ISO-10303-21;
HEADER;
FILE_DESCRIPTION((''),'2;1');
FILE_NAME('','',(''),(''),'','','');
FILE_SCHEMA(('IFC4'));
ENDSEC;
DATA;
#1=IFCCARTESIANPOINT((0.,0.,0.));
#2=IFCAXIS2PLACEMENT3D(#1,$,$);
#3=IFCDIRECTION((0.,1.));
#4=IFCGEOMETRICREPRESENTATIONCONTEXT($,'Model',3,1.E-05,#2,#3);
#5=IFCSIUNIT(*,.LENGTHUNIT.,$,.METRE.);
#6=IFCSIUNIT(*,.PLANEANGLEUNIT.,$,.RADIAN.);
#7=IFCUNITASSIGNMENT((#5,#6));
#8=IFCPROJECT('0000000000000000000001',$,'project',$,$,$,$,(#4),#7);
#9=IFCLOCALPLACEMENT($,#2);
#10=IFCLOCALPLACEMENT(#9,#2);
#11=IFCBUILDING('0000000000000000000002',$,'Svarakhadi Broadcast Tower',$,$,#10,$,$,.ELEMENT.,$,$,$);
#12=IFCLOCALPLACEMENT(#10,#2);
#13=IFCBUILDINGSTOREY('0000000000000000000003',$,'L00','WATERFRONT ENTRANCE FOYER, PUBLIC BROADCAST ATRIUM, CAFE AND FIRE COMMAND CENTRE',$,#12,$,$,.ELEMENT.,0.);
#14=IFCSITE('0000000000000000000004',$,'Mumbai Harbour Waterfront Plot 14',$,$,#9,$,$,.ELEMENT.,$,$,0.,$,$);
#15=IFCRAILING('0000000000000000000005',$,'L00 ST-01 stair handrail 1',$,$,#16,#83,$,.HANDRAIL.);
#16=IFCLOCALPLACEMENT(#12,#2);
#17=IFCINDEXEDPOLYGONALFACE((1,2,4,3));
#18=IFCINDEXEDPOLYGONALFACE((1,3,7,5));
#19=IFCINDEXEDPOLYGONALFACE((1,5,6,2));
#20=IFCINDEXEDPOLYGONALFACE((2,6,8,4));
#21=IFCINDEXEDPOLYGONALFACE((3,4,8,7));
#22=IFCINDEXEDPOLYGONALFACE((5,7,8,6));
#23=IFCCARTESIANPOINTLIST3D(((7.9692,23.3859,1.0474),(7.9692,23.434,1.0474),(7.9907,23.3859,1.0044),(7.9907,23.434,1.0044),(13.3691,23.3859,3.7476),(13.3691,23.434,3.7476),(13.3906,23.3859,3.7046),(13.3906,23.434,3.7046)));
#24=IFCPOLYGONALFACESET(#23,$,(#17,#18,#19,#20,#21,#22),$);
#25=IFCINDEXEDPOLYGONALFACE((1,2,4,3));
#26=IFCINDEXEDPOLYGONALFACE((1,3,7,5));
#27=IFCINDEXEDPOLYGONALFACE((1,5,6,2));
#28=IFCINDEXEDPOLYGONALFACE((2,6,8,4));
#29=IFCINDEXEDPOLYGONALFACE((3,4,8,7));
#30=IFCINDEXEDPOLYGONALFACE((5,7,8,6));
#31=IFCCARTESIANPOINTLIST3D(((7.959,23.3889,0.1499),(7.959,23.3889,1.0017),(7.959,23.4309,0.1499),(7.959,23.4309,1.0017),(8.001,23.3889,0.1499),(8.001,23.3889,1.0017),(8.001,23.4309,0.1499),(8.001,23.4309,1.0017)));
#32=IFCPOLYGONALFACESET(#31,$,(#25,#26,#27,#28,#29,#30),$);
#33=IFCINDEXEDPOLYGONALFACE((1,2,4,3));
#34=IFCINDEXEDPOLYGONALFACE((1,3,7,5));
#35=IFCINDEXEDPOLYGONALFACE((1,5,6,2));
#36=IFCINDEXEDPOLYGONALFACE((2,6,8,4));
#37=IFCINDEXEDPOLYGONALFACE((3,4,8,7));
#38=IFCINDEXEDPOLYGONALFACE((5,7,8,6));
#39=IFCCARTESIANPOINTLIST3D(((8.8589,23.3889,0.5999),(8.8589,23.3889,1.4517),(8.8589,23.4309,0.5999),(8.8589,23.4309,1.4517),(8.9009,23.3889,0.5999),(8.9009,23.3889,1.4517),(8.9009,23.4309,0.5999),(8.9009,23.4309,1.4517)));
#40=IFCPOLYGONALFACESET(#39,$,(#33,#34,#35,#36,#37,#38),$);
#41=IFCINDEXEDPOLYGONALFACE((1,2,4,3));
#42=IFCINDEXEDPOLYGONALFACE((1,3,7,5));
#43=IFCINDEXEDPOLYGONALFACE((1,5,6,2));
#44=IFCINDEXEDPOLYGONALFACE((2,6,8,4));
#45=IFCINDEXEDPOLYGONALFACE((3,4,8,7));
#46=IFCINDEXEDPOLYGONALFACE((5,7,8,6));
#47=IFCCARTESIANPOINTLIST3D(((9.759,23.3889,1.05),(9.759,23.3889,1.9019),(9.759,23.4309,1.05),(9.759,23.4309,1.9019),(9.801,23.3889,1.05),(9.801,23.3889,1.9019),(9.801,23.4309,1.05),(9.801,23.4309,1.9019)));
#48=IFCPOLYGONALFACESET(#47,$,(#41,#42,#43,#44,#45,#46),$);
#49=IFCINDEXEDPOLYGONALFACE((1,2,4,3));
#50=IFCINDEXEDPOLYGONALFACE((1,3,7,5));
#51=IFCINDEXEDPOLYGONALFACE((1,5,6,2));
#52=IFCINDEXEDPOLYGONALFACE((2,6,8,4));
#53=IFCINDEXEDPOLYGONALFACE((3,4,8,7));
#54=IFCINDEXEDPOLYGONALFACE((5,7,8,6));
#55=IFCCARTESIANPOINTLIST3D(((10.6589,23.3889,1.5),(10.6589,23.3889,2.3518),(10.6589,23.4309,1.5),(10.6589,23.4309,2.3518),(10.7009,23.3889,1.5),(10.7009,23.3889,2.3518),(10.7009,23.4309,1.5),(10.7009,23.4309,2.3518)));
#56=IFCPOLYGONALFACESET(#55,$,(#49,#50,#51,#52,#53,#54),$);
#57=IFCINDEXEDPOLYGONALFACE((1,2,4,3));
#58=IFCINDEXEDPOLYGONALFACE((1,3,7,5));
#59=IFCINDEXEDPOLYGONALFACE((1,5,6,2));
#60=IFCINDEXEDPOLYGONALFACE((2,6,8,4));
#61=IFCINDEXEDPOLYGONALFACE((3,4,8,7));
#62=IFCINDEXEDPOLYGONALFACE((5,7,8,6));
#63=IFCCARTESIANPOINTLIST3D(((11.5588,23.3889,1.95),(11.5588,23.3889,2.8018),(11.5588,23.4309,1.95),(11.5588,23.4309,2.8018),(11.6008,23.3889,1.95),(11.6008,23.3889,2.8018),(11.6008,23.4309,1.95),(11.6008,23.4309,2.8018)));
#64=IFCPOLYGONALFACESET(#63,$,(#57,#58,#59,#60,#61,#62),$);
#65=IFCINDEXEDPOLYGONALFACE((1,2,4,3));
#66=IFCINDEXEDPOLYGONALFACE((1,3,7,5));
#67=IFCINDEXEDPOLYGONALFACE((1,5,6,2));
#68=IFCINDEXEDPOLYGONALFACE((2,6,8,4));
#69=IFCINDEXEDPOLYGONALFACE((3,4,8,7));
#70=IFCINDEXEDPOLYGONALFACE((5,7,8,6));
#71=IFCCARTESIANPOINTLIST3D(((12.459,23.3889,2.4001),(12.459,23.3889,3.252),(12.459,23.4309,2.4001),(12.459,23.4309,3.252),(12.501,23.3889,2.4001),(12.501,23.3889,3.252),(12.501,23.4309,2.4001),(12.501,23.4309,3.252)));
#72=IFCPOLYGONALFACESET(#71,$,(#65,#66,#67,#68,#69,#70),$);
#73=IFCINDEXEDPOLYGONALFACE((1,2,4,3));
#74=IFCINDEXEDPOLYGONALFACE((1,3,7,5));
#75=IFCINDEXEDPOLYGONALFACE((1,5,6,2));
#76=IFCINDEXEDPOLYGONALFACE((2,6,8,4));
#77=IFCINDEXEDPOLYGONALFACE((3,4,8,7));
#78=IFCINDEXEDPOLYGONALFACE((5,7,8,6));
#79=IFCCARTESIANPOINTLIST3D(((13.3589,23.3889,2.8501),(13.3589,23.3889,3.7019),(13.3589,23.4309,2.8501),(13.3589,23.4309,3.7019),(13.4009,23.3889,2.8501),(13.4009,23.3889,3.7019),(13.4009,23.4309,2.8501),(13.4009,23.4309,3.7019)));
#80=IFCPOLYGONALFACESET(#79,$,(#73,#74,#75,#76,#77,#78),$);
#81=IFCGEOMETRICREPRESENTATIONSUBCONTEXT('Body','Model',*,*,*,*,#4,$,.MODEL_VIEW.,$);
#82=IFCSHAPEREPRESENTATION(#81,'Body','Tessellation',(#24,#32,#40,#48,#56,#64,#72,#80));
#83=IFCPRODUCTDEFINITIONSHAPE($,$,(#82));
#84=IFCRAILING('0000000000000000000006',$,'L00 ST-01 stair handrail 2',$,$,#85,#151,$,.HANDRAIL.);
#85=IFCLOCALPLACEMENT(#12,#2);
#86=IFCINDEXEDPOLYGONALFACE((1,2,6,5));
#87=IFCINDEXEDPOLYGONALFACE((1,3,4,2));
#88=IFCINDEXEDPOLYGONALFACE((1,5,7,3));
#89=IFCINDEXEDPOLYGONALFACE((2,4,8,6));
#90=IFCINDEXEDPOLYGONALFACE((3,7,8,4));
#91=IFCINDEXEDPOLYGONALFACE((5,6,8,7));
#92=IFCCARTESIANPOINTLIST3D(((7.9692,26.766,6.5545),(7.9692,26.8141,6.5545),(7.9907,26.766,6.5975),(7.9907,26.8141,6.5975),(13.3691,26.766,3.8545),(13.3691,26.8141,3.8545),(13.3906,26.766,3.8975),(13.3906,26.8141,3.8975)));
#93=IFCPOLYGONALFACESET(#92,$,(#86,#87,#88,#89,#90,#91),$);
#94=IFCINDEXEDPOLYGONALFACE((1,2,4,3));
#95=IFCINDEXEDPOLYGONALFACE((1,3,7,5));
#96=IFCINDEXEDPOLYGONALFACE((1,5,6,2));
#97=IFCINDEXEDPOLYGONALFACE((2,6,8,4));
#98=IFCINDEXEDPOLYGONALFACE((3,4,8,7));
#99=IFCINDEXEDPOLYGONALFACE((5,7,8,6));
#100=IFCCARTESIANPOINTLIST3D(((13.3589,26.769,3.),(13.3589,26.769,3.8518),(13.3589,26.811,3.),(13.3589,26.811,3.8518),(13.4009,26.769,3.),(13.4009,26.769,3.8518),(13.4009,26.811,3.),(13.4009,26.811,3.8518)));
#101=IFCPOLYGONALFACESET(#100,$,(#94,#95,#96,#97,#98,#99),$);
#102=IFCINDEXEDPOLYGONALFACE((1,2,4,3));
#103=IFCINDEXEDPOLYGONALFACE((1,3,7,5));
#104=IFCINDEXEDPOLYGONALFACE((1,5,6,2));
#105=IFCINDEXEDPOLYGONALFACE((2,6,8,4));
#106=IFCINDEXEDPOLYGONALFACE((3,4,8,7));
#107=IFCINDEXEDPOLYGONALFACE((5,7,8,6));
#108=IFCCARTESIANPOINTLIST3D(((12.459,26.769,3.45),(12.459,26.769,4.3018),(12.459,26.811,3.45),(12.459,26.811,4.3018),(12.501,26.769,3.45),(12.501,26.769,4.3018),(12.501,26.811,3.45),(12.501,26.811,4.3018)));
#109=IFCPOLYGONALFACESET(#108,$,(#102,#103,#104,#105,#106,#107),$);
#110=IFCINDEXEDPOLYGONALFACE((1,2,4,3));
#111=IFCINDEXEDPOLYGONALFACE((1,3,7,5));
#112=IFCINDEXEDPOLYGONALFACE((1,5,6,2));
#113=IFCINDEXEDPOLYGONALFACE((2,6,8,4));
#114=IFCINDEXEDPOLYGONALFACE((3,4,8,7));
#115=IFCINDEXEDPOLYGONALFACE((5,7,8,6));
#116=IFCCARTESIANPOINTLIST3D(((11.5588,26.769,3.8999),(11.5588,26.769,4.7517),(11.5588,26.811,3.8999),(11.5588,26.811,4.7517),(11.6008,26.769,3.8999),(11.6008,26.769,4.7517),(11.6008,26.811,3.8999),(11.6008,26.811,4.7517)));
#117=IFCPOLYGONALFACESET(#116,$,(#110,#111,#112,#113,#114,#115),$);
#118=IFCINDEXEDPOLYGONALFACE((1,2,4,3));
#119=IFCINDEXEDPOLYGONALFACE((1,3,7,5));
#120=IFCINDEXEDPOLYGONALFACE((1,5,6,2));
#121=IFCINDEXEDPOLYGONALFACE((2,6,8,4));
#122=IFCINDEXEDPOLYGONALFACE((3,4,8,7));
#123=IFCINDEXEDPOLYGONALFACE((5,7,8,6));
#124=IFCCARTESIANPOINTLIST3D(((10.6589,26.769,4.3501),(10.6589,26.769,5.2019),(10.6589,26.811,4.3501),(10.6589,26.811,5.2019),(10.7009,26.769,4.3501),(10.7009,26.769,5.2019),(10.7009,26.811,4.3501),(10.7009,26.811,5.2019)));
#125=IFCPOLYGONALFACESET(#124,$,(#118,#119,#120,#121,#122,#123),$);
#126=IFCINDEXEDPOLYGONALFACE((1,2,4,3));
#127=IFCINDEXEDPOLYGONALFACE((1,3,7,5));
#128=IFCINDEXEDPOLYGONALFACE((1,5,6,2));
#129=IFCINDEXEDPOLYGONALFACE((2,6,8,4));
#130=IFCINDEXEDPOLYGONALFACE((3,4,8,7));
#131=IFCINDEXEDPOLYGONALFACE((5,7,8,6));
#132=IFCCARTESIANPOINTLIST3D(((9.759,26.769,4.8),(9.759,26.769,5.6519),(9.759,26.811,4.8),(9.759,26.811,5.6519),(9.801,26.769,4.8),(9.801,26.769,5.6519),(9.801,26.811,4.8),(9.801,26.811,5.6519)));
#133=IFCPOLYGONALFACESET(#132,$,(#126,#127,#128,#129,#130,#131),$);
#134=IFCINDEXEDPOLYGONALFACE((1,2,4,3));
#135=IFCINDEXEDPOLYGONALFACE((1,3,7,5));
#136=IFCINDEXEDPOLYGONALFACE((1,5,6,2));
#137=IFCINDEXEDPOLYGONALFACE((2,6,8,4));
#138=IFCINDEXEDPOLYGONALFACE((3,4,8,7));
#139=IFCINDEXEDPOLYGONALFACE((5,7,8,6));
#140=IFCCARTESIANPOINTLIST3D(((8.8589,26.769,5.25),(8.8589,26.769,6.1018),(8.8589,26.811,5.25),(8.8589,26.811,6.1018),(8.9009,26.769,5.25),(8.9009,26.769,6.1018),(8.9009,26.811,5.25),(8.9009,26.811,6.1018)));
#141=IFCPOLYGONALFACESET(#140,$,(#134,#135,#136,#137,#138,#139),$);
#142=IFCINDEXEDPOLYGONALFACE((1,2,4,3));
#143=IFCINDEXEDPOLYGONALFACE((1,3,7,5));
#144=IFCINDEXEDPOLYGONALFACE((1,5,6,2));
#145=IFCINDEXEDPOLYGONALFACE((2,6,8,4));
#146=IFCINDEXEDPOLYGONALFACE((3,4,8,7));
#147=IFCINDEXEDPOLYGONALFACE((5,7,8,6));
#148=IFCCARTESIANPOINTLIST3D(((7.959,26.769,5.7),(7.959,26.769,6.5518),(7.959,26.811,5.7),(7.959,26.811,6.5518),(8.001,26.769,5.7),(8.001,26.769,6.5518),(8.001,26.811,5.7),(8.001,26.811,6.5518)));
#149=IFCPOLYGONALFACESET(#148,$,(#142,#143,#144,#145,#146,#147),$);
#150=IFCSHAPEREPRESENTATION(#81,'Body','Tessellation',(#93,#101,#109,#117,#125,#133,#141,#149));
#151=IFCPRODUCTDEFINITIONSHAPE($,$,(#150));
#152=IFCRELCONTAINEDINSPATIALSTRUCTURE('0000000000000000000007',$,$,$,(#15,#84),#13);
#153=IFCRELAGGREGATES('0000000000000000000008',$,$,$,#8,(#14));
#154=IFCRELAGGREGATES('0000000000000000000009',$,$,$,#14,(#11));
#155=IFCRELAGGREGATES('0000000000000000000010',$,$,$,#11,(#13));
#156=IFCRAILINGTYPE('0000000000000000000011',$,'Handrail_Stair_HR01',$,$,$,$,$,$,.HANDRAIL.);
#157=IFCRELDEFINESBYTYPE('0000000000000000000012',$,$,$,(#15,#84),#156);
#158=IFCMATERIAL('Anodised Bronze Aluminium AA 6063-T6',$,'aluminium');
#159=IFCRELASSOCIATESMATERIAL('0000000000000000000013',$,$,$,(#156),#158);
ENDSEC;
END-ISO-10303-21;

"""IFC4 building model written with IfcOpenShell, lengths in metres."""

from ifc_helpers import new_model, si_unit, direction, frame, origin, origin_2d, place, context, subcontext, project, spatial, rectangle, extrude, material, type_object, element, save


model = new_model("IFC4")

# Units and contexts
model_context = context("Model", 3, precision=1e-05, world=origin(), true_north=direction((0.0, 1.0)))
body_context = subcontext(model_context, "Body", "Model", "MODEL_VIEW")
ifc_project = project(units=[si_unit("LENGTHUNIT", "METRE"), si_unit("PLANEANGLEUNIT", "RADIAN")], contexts=[model_context])

# Site, building, storey
site_placement = place(None, origin())
site = spatial("IfcSite", under=ifc_project, at=site_placement, Name="Mumbai Harbour Waterfront Plot 14", CompositionType="ELEMENT", RefElevation=0.0)
building_placement = place(site_placement, origin())
building = spatial("IfcBuilding", under=site, at=building_placement, Name="Svarakhadi Broadcast Tower", CompositionType="ELEMENT")
storey_placement = place(building_placement, origin())
storey = spatial("IfcBuildingStorey", under=building, at=storey_placement, Name="L00", Description="WATERFRONT ENTRANCE FOYER, PUBLIC BROADCAST ATRIUM, CAFE AND FIRE COMMAND CENTRE", CompositionType="ELEMENT", Elevation=0.0)

# Railings
ifc_material_1 = material(Name="Anodised Bronze Aluminium AA 6063-T6", Category="aluminium")
railing_type_1 = type_object("IfcRailingType", Name="Handrail_Stair_HR01", PredefinedType="HANDRAIL", material=ifc_material_1)
railing_1_placement = place(storey_placement, frame((7.98, 23.4099, 0.1499)))
element("IfcRailing", 1, at=railing_1_placement, inside=storey, type_object=railing_type_1, Name="L00 ST-01 stair handrail 1", PredefinedType="HANDRAIL", context=body_context, shape_type="SweptSolid", body=[
    extrude(rectangle(XDim=0.0481, YDim=0.0481, at=origin_2d()), frame((0.0, 0.0, 0.876), z_axis=(0.894411, 0.0, 0.447246), x_axis=(0.0, 1.0, 0.0)), (0.0, 0.0, 1.0), 6.0374),
    extrude(rectangle(XDim=0.042, YDim=0.042, at=origin_2d()), origin(), (0.0, 0.0, 1.0), 0.8518),
    extrude(rectangle(XDim=0.042, YDim=0.042, at=origin_2d()), frame((0.8999, 0.0, 0.45)), (0.0, 0.0, 1.0), 0.8518),
    extrude(rectangle(XDim=0.042, YDim=0.042, at=origin_2d()), frame((1.8, 0.0, 0.9001)), (0.0, 0.0, 1.0), 0.8518),
    extrude(rectangle(XDim=0.042, YDim=0.042, at=origin_2d()), frame((2.7, 0.0, 1.3501)), (0.0, 0.0, 1.0), 0.8518),
    extrude(rectangle(XDim=0.042, YDim=0.042, at=origin_2d()), frame((3.5999, 0.0, 1.8)), (0.0, 0.0, 1.0), 0.8518),
    extrude(rectangle(XDim=0.042, YDim=0.042, at=origin_2d()), frame((4.5, 0.0, 2.2502)), (0.0, 0.0, 1.0), 0.8518),
    extrude(rectangle(XDim=0.042, YDim=0.042, at=origin_2d()), frame((5.3999, 0.0, 2.7002)), (0.0, 0.0, 1.0), 0.8518),
])
railing_2_placement = place(storey_placement, frame((13.3799, 26.79, 3.0)))
element("IfcRailing", 2, at=railing_2_placement, inside=storey, type_object=railing_type_1, Name="L00 ST-01 stair handrail 2", PredefinedType="HANDRAIL", context=body_context, shape_type="SweptSolid", body=[
    extrude(rectangle(XDim=0.0481, YDim=0.0481, at=origin_2d()), frame((0.0, 0.0, 0.876), z_axis=(-0.894427, 0.0, 0.447214), x_axis=(0.0, -1.0, 0.0)), (0.0, 0.0, 1.0), 6.0374),
    extrude(rectangle(XDim=0.042, YDim=0.042, at=origin_2d()), origin(), (0.0, 0.0, 1.0), 0.8518),
    extrude(rectangle(XDim=0.042, YDim=0.042, at=origin_2d()), frame((-0.8999, 0.0, 0.45)), (0.0, 0.0, 1.0), 0.8518),
    extrude(rectangle(XDim=0.042, YDim=0.042, at=origin_2d()), frame((-1.8, 0.0, 0.8999)), (0.0, 0.0, 1.0), 0.8518),
    extrude(rectangle(XDim=0.042, YDim=0.042, at=origin_2d()), frame((-2.7, 0.0, 1.3501)), (0.0, 0.0, 1.0), 0.8518),
    extrude(rectangle(XDim=0.042, YDim=0.042, at=origin_2d()), frame((-3.5999, 0.0, 1.8)), (0.0, 0.0, 1.0), 0.8518),
    extrude(rectangle(XDim=0.042, YDim=0.042, at=origin_2d()), frame((-4.5, 0.0, 2.25)), (0.0, 0.0, 1.0), 0.8518),
    extrude(rectangle(XDim=0.042, YDim=0.042, at=origin_2d()), frame((-5.3999, 0.0, 2.7)), (0.0, 0.0, 1.0), 0.8518),
])

save(model, "model.ifc")
